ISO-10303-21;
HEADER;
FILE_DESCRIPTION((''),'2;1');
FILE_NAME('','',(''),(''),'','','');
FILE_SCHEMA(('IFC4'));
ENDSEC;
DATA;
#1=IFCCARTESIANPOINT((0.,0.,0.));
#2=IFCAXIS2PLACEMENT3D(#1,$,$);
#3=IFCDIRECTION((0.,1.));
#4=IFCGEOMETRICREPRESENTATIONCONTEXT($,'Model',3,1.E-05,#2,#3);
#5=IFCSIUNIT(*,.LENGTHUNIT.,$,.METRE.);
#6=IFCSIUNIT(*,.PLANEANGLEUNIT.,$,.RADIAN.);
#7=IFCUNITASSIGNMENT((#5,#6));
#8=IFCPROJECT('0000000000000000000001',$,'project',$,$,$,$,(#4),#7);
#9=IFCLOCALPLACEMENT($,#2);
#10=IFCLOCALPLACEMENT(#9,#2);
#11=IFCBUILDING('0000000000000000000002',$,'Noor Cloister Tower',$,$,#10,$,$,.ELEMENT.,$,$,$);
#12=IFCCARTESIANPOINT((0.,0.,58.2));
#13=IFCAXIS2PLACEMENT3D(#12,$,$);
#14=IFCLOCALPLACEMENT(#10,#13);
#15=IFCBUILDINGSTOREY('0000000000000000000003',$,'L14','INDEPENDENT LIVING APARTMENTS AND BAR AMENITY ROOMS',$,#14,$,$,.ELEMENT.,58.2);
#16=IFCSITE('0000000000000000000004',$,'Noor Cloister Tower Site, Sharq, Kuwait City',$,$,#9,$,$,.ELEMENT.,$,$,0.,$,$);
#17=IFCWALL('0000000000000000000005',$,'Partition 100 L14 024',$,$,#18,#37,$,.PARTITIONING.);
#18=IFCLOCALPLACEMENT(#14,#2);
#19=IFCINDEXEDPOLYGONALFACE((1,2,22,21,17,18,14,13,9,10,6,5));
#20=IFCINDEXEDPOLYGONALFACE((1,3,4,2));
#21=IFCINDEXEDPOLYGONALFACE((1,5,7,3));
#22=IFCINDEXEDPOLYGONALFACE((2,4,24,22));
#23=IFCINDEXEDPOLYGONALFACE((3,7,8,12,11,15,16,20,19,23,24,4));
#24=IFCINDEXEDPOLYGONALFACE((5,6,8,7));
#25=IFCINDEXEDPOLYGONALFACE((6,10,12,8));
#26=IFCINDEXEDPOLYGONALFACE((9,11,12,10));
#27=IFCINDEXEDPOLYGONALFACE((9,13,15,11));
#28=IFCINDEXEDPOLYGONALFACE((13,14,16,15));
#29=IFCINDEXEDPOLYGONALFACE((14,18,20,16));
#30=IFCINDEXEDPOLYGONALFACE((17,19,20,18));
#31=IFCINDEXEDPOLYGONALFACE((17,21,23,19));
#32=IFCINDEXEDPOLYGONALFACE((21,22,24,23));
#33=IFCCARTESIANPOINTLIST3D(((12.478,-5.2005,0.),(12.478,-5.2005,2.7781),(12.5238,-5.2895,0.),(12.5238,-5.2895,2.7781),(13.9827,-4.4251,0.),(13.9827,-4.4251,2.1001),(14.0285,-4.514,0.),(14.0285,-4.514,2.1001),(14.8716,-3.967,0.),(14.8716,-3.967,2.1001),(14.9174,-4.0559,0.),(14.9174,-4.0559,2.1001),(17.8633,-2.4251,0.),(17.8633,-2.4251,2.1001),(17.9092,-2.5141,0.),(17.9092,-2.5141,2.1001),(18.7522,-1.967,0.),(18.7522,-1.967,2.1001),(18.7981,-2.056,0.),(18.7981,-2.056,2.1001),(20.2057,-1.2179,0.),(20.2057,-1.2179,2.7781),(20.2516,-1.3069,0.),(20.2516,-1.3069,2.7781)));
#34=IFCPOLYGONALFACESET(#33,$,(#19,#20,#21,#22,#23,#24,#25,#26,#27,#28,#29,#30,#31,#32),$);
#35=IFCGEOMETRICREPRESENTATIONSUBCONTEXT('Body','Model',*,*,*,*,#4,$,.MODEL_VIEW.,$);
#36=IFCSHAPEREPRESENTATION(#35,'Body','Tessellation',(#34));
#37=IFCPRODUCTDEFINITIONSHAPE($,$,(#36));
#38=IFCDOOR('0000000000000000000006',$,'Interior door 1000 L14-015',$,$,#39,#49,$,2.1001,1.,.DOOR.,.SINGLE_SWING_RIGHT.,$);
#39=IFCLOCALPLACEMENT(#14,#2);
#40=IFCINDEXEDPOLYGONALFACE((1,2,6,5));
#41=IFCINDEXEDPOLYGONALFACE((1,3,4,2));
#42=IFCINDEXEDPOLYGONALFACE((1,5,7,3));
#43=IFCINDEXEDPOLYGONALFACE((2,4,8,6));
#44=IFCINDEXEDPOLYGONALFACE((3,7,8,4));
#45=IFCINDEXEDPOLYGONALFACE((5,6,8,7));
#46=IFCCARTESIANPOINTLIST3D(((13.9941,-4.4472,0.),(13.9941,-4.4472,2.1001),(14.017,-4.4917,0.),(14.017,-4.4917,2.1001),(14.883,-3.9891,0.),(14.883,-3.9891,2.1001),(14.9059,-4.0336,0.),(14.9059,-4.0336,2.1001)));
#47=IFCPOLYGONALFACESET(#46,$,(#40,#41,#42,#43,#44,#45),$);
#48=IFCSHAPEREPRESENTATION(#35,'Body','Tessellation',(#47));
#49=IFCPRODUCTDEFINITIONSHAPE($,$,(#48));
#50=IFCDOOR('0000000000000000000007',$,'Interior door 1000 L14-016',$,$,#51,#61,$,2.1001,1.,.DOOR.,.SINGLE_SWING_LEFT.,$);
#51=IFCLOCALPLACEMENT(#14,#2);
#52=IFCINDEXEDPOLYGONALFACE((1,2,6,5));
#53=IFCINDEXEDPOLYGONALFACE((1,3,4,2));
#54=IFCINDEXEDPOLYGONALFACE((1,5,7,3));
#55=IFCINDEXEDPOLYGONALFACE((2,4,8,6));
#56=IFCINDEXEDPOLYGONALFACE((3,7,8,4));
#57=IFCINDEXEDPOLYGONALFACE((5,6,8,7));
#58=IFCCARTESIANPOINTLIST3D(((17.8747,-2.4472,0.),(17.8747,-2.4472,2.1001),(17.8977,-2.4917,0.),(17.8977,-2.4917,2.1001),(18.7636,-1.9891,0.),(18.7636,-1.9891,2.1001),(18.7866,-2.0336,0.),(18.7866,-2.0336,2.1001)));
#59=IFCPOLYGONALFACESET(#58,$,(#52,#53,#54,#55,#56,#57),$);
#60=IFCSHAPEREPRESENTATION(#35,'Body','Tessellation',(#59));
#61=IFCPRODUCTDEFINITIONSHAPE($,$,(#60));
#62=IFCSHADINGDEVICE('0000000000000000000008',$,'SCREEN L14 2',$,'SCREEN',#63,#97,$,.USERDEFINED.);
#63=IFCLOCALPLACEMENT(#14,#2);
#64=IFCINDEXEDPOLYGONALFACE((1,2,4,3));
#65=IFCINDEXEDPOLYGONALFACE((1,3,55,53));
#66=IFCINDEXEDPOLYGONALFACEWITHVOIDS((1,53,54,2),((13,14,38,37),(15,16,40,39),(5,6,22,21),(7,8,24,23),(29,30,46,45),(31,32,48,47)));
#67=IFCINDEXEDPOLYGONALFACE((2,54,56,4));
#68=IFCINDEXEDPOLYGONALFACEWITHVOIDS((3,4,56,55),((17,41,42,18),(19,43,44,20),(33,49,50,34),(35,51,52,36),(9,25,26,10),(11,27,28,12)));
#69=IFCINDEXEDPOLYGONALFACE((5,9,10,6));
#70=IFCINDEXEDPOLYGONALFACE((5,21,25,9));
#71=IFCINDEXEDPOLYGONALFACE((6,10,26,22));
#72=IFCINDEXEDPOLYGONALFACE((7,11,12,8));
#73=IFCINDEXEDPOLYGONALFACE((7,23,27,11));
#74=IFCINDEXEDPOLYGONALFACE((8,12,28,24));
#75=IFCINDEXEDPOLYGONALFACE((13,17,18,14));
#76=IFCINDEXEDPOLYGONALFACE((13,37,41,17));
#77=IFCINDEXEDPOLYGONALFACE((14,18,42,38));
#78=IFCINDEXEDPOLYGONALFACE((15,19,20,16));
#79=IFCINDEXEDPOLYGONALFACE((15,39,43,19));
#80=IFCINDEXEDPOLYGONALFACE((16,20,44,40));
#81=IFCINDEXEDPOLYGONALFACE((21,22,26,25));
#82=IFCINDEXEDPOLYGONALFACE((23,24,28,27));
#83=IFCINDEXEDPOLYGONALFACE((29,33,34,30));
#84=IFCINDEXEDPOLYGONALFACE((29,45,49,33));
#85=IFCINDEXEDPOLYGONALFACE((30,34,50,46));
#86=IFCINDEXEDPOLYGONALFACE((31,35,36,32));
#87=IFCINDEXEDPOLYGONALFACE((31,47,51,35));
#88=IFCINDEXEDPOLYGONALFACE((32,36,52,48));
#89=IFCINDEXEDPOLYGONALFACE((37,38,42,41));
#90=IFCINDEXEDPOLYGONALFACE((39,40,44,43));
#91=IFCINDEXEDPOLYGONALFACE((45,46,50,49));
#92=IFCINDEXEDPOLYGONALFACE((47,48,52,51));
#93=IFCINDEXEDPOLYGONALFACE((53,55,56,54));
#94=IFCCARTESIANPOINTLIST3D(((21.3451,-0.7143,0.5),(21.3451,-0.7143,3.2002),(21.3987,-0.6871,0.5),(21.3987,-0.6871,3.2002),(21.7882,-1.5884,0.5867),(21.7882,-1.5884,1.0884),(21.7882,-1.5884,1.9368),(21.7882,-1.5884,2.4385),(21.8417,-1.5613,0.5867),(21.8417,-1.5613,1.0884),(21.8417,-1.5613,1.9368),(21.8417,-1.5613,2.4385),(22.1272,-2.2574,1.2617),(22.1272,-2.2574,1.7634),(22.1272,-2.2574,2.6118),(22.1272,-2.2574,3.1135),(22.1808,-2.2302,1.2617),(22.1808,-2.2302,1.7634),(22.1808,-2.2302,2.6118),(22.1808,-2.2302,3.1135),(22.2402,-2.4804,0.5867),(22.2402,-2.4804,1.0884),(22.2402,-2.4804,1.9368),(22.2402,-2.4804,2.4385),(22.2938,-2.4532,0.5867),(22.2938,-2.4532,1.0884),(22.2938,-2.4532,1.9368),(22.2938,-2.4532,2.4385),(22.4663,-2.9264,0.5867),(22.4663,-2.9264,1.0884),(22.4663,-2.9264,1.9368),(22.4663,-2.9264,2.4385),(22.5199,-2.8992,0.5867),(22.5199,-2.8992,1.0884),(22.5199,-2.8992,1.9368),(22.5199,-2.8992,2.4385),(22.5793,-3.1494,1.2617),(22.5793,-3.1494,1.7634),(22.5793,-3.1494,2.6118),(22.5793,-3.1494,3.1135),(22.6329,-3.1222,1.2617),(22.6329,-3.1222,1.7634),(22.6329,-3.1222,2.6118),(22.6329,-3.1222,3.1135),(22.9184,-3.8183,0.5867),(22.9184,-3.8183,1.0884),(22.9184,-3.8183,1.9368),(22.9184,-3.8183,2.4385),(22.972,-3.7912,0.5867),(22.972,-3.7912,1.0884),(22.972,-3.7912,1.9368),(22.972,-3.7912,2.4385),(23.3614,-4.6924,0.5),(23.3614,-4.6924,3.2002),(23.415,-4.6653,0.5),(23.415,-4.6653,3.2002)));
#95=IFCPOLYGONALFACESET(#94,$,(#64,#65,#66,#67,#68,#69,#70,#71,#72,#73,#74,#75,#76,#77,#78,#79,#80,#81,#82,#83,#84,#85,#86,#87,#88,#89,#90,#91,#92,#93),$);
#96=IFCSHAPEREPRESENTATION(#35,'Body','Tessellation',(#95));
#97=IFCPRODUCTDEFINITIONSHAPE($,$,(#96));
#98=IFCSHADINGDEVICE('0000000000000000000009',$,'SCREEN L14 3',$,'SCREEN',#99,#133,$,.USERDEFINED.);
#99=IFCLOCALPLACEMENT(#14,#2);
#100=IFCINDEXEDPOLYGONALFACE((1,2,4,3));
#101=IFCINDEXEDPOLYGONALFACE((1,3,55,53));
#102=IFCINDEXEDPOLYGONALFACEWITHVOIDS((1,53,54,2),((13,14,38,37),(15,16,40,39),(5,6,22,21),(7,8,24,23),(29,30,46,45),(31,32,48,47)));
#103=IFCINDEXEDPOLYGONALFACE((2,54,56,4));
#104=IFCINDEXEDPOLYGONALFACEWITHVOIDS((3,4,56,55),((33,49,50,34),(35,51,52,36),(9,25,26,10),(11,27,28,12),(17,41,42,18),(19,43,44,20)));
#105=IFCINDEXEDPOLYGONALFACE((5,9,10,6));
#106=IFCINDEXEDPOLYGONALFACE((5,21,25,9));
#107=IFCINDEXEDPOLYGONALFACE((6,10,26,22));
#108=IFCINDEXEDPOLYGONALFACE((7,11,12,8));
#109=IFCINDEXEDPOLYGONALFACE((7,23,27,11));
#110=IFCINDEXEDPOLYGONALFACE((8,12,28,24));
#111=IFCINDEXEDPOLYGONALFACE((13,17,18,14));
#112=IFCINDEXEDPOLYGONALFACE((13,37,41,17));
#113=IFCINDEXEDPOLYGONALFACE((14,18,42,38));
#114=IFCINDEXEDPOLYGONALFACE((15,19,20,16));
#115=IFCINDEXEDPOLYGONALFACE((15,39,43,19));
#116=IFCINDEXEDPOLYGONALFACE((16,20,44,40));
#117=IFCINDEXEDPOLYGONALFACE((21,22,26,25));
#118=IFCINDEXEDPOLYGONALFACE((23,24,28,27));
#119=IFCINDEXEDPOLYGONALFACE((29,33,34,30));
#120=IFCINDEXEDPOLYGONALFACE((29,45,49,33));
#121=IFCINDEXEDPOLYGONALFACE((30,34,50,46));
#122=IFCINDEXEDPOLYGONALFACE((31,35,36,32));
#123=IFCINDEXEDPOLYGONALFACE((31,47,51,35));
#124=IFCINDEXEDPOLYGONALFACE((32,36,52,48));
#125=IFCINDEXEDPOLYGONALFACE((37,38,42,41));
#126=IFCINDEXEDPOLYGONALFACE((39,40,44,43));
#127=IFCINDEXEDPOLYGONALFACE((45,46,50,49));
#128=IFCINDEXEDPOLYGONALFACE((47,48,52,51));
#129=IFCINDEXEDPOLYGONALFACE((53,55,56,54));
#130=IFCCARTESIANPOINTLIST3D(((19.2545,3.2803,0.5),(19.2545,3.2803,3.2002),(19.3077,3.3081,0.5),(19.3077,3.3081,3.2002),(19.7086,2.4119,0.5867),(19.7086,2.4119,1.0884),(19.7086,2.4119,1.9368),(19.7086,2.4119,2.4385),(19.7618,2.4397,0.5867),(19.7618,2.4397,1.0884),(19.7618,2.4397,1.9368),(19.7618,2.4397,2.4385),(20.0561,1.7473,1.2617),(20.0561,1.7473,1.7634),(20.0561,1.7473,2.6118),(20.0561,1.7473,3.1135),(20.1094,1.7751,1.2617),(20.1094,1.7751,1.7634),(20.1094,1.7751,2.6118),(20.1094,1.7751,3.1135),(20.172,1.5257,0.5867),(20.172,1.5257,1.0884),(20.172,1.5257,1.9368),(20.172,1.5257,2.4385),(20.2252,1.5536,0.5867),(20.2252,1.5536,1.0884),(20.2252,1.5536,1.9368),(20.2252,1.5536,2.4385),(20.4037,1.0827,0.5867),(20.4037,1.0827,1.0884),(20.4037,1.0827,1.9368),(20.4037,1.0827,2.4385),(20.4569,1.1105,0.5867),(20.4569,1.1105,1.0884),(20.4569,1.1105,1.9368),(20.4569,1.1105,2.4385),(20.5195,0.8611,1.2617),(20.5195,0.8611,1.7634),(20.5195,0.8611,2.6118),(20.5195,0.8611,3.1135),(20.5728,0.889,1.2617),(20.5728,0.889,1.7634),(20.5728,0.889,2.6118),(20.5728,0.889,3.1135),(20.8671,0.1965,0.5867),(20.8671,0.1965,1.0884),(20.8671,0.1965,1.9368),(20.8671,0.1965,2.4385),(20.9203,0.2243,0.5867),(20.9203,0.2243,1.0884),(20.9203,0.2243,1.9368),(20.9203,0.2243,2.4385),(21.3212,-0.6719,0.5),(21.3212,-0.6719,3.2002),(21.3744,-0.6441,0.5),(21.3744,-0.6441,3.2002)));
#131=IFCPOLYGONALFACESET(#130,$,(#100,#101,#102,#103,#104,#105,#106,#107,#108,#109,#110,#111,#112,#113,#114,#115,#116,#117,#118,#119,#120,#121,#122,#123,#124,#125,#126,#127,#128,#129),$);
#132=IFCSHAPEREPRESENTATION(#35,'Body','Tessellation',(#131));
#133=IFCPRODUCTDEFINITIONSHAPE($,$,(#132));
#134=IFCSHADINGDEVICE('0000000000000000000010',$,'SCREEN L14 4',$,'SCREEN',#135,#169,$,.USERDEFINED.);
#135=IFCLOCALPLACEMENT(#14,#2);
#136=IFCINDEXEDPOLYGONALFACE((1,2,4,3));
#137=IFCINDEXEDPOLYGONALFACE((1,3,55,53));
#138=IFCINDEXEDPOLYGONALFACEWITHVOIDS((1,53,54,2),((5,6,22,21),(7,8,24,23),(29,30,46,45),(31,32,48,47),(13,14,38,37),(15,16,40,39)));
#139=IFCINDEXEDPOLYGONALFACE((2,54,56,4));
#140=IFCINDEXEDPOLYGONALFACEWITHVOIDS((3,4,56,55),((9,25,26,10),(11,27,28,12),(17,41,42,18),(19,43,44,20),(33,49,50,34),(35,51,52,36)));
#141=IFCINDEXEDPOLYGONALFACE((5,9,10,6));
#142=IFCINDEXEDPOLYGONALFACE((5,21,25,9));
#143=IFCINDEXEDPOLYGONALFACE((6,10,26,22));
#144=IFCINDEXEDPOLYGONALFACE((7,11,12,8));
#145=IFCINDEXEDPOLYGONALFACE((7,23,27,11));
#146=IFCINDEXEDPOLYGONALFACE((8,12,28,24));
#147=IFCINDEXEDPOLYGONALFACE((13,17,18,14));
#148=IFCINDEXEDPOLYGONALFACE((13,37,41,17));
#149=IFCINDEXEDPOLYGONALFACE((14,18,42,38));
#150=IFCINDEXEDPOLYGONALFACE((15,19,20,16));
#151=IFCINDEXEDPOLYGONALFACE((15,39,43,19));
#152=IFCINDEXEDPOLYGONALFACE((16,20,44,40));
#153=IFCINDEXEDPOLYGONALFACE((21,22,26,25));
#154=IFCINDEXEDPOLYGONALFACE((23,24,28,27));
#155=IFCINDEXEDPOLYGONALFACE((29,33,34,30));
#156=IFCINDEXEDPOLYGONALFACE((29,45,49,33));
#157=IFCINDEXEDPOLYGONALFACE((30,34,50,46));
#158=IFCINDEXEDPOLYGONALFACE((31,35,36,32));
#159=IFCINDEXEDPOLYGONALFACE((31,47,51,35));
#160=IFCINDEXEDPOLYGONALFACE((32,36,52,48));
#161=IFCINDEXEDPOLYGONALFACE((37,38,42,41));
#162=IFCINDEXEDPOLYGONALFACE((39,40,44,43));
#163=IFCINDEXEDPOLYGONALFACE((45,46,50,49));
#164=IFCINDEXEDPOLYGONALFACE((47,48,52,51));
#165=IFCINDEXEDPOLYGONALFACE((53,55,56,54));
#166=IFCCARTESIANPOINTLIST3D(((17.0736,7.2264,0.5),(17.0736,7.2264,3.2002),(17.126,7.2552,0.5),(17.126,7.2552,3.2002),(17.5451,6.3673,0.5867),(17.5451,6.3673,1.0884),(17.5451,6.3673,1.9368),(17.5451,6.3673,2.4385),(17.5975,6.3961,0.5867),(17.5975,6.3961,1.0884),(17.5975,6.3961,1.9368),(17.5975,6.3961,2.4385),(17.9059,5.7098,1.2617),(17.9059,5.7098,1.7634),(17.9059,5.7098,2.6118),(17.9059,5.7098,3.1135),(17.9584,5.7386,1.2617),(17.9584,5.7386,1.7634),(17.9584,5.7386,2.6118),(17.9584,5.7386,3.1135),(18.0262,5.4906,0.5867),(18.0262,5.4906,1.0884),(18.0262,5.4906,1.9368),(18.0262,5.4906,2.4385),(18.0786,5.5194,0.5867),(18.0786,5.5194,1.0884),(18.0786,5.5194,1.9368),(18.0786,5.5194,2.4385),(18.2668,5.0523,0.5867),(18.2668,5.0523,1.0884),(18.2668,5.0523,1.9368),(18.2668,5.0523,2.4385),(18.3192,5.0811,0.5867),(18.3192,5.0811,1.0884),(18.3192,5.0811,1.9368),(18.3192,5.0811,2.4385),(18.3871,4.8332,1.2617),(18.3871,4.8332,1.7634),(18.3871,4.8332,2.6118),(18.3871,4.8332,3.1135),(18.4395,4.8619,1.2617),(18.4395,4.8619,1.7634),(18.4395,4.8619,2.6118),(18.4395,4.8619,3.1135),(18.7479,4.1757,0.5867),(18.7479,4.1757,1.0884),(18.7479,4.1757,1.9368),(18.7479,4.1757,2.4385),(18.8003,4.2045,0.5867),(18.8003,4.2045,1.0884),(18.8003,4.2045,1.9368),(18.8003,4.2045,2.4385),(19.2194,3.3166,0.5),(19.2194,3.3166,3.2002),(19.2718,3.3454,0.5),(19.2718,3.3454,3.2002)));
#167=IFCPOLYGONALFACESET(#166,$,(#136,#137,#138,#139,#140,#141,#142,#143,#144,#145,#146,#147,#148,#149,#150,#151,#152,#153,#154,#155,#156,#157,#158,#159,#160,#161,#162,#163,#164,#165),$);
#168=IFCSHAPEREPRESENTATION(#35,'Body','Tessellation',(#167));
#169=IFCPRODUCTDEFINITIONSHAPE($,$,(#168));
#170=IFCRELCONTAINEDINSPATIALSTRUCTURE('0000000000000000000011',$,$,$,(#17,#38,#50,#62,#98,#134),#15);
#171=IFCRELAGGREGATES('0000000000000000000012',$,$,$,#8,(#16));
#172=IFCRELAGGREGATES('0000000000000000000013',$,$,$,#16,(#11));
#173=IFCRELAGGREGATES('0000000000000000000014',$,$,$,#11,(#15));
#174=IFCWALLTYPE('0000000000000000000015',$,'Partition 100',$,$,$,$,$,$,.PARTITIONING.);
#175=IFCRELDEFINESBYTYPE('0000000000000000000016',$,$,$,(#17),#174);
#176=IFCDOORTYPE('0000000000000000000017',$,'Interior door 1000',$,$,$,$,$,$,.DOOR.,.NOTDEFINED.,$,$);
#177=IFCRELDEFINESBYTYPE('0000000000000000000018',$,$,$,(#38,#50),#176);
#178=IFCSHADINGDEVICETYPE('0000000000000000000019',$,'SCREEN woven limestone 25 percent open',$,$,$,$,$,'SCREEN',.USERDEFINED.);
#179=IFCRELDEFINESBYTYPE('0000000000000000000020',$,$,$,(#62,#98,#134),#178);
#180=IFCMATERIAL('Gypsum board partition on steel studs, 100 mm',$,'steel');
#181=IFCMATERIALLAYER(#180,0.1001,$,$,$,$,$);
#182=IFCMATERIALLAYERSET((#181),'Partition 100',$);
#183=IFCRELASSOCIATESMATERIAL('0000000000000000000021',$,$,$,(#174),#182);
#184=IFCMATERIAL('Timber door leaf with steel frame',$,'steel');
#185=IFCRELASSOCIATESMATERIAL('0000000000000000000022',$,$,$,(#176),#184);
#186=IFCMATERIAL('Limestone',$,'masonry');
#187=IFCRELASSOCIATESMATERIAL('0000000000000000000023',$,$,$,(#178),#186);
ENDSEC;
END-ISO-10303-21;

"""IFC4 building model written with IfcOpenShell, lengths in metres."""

from ifc_helpers import new_model, si_unit, direction, frame, frame_2d, origin, place, context, subcontext, project, spatial, polyline, rectangle, outline, extrude, material, layer, layer_set, material_profile, profile_set, type_object, element, fill, save


model = new_model("IFC4")

# Units and contexts
model_context = context("Model", 3, precision=1e-05, world=origin(), true_north=direction((0.0, 1.0)))
body_context = subcontext(model_context, "Body", "Model", "MODEL_VIEW")
ifc_project = project(units=[si_unit("LENGTHUNIT", "METRE"), si_unit("PLANEANGLEUNIT", "RADIAN")], contexts=[model_context])

# Site, building, storey
site_placement = place(None, origin())
site = spatial("IfcSite", under=ifc_project, at=site_placement, Name="Noor Cloister Tower Site, Sharq, Kuwait City", CompositionType="ELEMENT", RefElevation=0.0)
building_placement = place(site_placement, origin())
building = spatial("IfcBuilding", under=site, at=building_placement, Name="Noor Cloister Tower", CompositionType="ELEMENT")
storey_placement = place(building_placement, frame((0.0, 0.0, 58.2)))
storey = spatial("IfcBuildingStorey", under=building, at=storey_placement, Name="L14", Description="INDEPENDENT LIVING APARTMENTS AND BAR AMENITY ROOMS", CompositionType="ELEMENT", Elevation=58.2)

# Wall, openings, doors
ifc_material_1 = material(Name="Gypsum board partition on steel studs, 100 mm", Category="steel")
ifc_layer_1 = layer(ifc_material_1, 0.1001)
ifc_layer_set_1 = layer_set([ifc_layer_1], Name="Partition 100")
wall_type_1 = type_object("IfcWallType", Name="Partition 100", PredefinedType="PARTITIONING", material=ifc_layer_set_1)
wall_1_placement = place(storey_placement, frame((20.2285, -1.2625, 0.0), z_axis=(0.0, 0.0, 1.0), x_axis=(-0.888896, -0.45811, 0.0)))
wall_1 = element("IfcWall", 1, at=wall_1_placement, inside=storey, type_object=wall_type_1, Name="Partition 100 L14 024", PredefinedType="PARTITIONING", context=body_context, shape_type="SweptSolid", body=[
    extrude(rectangle(XDim=8.6936, YDim=0.1001, at=frame_2d((4.3467, 0.0))), origin(), (0.0, 0.0, 1.0), 2.7781),
])
opening_1_placement = place(wall_1_placement, frame((6.0007, 0.0, 0.0)))
opening_1 = element("IfcOpeningElement", 2, at=opening_1_placement, cuts=wall_1, PredefinedType="OPENING", context=body_context, shape_type="SweptSolid", body=[
    extrude(rectangle(XDim=1.0, YDim=2.1001, at=frame_2d((0.5, 1.05))), frame((0.0, 0.0601, 0.0), z_axis=(0.0, -1.0, 0.0), x_axis=(1.0, 0.0, 0.0)), (0.0, 0.0, 1.0), 0.1201),
])
opening_2_placement = place(wall_1_placement, frame((1.635, 0.0, 0.0)))
opening_2 = element("IfcOpeningElement", 3, at=opening_2_placement, cuts=wall_1, PredefinedType="OPENING", context=body_context, shape_type="SweptSolid", body=[
    extrude(rectangle(XDim=1.0, YDim=2.1001, at=frame_2d((0.5, 1.05))), frame((0.0, 0.0601, 0.0), z_axis=(0.0, -1.0, 0.0), x_axis=(1.0, 0.0, 0.0)), (0.0, 0.0, 1.0), 0.1201),
])
ifc_material_2 = material(Name="Timber door leaf with steel frame", Category="steel")
door_type = type_object("IfcDoorType", Name="Interior door 1000", OperationType="NOTDEFINED", PredefinedType="DOOR", material=ifc_material_2)
door_1_placement = place(opening_1_placement, origin())
door_1 = element("IfcDoor", 4, at=door_1_placement, inside=storey, type_object=door_type, Name="Interior door 1000 L14-015", OperationType="SINGLE_SWING_RIGHT", OverallHeight=2.1001, OverallWidth=1.0, PredefinedType="DOOR", context=body_context, shape_type="SweptSolid", body=[
    extrude(rectangle(XDim=1.0, YDim=2.1001, at=frame_2d((0.5, 1.05))), frame((0.0, 0.0249, 0.0), z_axis=(0.0, -1.0, 0.0), x_axis=(1.0, 0.0, 0.0)), (0.0, 0.0, 1.0), 0.05),
])
fill(opening_1, door_1)
door_2_placement = place(opening_2_placement, origin())
door_2 = element("IfcDoor", 5, at=door_2_placement, inside=storey, type_object=door_type, Name="Interior door 1000 L14-016", OperationType="SINGLE_SWING_LEFT", OverallHeight=2.1001, OverallWidth=1.0, PredefinedType="DOOR", context=body_context, shape_type="SweptSolid", body=[
    extrude(rectangle(XDim=1.0, YDim=2.1001, at=frame_2d((0.5, 1.05))), frame((0.0, 0.0249, 0.0), z_axis=(0.0, -1.0, 0.0), x_axis=(1.0, 0.0, 0.0)), (0.0, 0.0, 1.0), 0.05),
])
fill(opening_2, door_2)

# Shading devices
ifc_material_3 = material(Name="Limestone", Category="masonry")
ifc_material_profile_1 = material_profile(ifc_material_3, outline(polyline([(-2.23, -1.3501), (2.23, -1.3501), (2.23, 1.3501), (-2.23, 1.3501), (-2.23, -1.3501)]), holes=[polyline([(-1.25, -1.2634), (-0.25, -1.2634), (-0.25, -0.7617), (-1.25, -0.7617), (-1.25, -1.2634)]), polyline([(0.25, -1.2634), (1.25, -1.2634), (1.25, -0.7617), (0.25, -0.7617), (0.25, -1.2634)]), polyline([(-0.5, -0.5884), (0.5, -0.5884), (0.5, -0.0867), (-0.5, -0.0867), (-0.5, -0.5884)]), polyline([(-1.25, 0.0867), (-0.25, 0.0867), (-0.25, 0.5884), (-1.25, 0.5884), (-1.25, 0.0867)]), polyline([(0.25, 0.0867), (1.25, 0.0867), (1.25, 0.5884), (0.25, 0.5884), (0.25, 0.0867)]), polyline([(-0.5, 0.7617), (0.5, 0.7617), (0.5, 1.2634), (-0.5, 1.2634), (-0.5, 0.7617)])]), Name="Woven screen 25 percent open")
ifc_profile_set_1 = profile_set([ifc_material_profile_1], Name="Limestone")
shading_device_type = type_object("IfcShadingDeviceType", Name="SCREEN woven limestone 25 percent open", ElementType="SCREEN", PredefinedType="USERDEFINED", material=ifc_profile_set_1)
for number, where, z_axis, x_axis, name in (
    (6, (22.3533, -2.7034, 1.8501), (0.89197, 0.452094, 0.0), (-0.452094, 0.89197, 0.0), "SCREEN L14 2"),
    (7, (20.2878, 1.3042, 1.8501), (0.88615, 0.463399, 0.0), (-0.463399, 0.88615, 0.0), "SCREEN L14 3"),
):
    element("IfcShadingDevice", number, at=place(storey_placement, frame(where, z_axis=z_axis, x_axis=x_axis)), inside=storey, type_object=shading_device_type, Name=name, ObjectType="SCREEN", PredefinedType="USERDEFINED", context=body_context, shape_type="SweptSolid", body=[
        extrude(outline(polyline([(-2.23, -1.3501), (2.23, -1.3501), (2.23, 1.3501), (-2.23, 1.3501), (-2.23, -1.3501)]), holes=[polyline([(-1.25, -1.2634), (-0.25, -1.2634), (-0.25, -0.7617), (-1.25, -0.7617), (-1.25, -1.2634)]), polyline([(0.25, -1.2634), (1.25, -1.2634), (1.25, -0.7617), (0.25, -0.7617), (0.25, -1.2634)]), polyline([(-0.5, -0.5884), (0.5, -0.5884), (0.5, -0.0867), (-0.5, -0.0867), (-0.5, -0.5884)]), polyline([(-1.25, 0.0867), (-0.25, 0.0867), (-0.25, 0.5884), (-1.25, 0.5884), (-1.25, 0.0867)]), polyline([(0.25, 0.0867), (1.25, 0.0867), (1.25, 0.5884), (0.25, 0.5884), (0.25, 0.0867)]), polyline([(-0.5, 0.7617), (0.5, 0.7617), (0.5, 1.2634), (-0.5, 1.2634), (-0.5, 0.7617)])]), origin(), (0.0, 0.0, 1.0), 0.0601),
    ])
shading_device_1_placement = place(storey_placement, frame((18.1465, 5.2715, 1.8501), z_axis=(0.876646, 0.481136, 0.0), x_axis=(-0.481136, 0.876646, 0.0)))
element("IfcShadingDevice", 8, at=shading_device_1_placement, inside=storey, type_object=shading_device_type, Name="SCREEN L14 4", ObjectType="SCREEN", PredefinedType="USERDEFINED", context=body_context, shape_type="SweptSolid", body=[
    extrude(outline(polyline([(-2.23, -1.3501), (2.23, -1.3501), (2.23, 1.3501), (-2.23, 1.3501), (-2.23, -1.3501)]), holes=[polyline([(-1.25, -1.2634), (-0.25, -1.2634), (-0.25, -0.7617), (-1.25, -0.7617), (-1.25, -1.2634)]), polyline([(0.25, -1.2634), (1.25, -1.2634), (1.25, -0.7617), (0.25, -0.7617), (0.25, -1.2634)]), polyline([(-0.5, -0.5884), (0.5, -0.5884), (0.5, -0.0867), (-0.5, -0.0867), (-0.5, -0.5884)]), polyline([(-1.25, 0.0867), (-0.25, 0.0867), (-0.25, 0.5884), (-1.25, 0.5884), (-1.25, 0.0867)]), polyline([(0.25, 0.0867), (1.25, 0.0867), (1.25, 0.5884), (0.25, 0.5884), (0.25, 0.0867)]), polyline([(-0.5, 0.7617), (0.5, 0.7617), (0.5, 1.2634), (-0.5, 1.2634), (-0.5, 0.7617)])]), origin(), (0.0, 0.0, 1.0), 0.0598),
])

save(model, "model.ifc")
